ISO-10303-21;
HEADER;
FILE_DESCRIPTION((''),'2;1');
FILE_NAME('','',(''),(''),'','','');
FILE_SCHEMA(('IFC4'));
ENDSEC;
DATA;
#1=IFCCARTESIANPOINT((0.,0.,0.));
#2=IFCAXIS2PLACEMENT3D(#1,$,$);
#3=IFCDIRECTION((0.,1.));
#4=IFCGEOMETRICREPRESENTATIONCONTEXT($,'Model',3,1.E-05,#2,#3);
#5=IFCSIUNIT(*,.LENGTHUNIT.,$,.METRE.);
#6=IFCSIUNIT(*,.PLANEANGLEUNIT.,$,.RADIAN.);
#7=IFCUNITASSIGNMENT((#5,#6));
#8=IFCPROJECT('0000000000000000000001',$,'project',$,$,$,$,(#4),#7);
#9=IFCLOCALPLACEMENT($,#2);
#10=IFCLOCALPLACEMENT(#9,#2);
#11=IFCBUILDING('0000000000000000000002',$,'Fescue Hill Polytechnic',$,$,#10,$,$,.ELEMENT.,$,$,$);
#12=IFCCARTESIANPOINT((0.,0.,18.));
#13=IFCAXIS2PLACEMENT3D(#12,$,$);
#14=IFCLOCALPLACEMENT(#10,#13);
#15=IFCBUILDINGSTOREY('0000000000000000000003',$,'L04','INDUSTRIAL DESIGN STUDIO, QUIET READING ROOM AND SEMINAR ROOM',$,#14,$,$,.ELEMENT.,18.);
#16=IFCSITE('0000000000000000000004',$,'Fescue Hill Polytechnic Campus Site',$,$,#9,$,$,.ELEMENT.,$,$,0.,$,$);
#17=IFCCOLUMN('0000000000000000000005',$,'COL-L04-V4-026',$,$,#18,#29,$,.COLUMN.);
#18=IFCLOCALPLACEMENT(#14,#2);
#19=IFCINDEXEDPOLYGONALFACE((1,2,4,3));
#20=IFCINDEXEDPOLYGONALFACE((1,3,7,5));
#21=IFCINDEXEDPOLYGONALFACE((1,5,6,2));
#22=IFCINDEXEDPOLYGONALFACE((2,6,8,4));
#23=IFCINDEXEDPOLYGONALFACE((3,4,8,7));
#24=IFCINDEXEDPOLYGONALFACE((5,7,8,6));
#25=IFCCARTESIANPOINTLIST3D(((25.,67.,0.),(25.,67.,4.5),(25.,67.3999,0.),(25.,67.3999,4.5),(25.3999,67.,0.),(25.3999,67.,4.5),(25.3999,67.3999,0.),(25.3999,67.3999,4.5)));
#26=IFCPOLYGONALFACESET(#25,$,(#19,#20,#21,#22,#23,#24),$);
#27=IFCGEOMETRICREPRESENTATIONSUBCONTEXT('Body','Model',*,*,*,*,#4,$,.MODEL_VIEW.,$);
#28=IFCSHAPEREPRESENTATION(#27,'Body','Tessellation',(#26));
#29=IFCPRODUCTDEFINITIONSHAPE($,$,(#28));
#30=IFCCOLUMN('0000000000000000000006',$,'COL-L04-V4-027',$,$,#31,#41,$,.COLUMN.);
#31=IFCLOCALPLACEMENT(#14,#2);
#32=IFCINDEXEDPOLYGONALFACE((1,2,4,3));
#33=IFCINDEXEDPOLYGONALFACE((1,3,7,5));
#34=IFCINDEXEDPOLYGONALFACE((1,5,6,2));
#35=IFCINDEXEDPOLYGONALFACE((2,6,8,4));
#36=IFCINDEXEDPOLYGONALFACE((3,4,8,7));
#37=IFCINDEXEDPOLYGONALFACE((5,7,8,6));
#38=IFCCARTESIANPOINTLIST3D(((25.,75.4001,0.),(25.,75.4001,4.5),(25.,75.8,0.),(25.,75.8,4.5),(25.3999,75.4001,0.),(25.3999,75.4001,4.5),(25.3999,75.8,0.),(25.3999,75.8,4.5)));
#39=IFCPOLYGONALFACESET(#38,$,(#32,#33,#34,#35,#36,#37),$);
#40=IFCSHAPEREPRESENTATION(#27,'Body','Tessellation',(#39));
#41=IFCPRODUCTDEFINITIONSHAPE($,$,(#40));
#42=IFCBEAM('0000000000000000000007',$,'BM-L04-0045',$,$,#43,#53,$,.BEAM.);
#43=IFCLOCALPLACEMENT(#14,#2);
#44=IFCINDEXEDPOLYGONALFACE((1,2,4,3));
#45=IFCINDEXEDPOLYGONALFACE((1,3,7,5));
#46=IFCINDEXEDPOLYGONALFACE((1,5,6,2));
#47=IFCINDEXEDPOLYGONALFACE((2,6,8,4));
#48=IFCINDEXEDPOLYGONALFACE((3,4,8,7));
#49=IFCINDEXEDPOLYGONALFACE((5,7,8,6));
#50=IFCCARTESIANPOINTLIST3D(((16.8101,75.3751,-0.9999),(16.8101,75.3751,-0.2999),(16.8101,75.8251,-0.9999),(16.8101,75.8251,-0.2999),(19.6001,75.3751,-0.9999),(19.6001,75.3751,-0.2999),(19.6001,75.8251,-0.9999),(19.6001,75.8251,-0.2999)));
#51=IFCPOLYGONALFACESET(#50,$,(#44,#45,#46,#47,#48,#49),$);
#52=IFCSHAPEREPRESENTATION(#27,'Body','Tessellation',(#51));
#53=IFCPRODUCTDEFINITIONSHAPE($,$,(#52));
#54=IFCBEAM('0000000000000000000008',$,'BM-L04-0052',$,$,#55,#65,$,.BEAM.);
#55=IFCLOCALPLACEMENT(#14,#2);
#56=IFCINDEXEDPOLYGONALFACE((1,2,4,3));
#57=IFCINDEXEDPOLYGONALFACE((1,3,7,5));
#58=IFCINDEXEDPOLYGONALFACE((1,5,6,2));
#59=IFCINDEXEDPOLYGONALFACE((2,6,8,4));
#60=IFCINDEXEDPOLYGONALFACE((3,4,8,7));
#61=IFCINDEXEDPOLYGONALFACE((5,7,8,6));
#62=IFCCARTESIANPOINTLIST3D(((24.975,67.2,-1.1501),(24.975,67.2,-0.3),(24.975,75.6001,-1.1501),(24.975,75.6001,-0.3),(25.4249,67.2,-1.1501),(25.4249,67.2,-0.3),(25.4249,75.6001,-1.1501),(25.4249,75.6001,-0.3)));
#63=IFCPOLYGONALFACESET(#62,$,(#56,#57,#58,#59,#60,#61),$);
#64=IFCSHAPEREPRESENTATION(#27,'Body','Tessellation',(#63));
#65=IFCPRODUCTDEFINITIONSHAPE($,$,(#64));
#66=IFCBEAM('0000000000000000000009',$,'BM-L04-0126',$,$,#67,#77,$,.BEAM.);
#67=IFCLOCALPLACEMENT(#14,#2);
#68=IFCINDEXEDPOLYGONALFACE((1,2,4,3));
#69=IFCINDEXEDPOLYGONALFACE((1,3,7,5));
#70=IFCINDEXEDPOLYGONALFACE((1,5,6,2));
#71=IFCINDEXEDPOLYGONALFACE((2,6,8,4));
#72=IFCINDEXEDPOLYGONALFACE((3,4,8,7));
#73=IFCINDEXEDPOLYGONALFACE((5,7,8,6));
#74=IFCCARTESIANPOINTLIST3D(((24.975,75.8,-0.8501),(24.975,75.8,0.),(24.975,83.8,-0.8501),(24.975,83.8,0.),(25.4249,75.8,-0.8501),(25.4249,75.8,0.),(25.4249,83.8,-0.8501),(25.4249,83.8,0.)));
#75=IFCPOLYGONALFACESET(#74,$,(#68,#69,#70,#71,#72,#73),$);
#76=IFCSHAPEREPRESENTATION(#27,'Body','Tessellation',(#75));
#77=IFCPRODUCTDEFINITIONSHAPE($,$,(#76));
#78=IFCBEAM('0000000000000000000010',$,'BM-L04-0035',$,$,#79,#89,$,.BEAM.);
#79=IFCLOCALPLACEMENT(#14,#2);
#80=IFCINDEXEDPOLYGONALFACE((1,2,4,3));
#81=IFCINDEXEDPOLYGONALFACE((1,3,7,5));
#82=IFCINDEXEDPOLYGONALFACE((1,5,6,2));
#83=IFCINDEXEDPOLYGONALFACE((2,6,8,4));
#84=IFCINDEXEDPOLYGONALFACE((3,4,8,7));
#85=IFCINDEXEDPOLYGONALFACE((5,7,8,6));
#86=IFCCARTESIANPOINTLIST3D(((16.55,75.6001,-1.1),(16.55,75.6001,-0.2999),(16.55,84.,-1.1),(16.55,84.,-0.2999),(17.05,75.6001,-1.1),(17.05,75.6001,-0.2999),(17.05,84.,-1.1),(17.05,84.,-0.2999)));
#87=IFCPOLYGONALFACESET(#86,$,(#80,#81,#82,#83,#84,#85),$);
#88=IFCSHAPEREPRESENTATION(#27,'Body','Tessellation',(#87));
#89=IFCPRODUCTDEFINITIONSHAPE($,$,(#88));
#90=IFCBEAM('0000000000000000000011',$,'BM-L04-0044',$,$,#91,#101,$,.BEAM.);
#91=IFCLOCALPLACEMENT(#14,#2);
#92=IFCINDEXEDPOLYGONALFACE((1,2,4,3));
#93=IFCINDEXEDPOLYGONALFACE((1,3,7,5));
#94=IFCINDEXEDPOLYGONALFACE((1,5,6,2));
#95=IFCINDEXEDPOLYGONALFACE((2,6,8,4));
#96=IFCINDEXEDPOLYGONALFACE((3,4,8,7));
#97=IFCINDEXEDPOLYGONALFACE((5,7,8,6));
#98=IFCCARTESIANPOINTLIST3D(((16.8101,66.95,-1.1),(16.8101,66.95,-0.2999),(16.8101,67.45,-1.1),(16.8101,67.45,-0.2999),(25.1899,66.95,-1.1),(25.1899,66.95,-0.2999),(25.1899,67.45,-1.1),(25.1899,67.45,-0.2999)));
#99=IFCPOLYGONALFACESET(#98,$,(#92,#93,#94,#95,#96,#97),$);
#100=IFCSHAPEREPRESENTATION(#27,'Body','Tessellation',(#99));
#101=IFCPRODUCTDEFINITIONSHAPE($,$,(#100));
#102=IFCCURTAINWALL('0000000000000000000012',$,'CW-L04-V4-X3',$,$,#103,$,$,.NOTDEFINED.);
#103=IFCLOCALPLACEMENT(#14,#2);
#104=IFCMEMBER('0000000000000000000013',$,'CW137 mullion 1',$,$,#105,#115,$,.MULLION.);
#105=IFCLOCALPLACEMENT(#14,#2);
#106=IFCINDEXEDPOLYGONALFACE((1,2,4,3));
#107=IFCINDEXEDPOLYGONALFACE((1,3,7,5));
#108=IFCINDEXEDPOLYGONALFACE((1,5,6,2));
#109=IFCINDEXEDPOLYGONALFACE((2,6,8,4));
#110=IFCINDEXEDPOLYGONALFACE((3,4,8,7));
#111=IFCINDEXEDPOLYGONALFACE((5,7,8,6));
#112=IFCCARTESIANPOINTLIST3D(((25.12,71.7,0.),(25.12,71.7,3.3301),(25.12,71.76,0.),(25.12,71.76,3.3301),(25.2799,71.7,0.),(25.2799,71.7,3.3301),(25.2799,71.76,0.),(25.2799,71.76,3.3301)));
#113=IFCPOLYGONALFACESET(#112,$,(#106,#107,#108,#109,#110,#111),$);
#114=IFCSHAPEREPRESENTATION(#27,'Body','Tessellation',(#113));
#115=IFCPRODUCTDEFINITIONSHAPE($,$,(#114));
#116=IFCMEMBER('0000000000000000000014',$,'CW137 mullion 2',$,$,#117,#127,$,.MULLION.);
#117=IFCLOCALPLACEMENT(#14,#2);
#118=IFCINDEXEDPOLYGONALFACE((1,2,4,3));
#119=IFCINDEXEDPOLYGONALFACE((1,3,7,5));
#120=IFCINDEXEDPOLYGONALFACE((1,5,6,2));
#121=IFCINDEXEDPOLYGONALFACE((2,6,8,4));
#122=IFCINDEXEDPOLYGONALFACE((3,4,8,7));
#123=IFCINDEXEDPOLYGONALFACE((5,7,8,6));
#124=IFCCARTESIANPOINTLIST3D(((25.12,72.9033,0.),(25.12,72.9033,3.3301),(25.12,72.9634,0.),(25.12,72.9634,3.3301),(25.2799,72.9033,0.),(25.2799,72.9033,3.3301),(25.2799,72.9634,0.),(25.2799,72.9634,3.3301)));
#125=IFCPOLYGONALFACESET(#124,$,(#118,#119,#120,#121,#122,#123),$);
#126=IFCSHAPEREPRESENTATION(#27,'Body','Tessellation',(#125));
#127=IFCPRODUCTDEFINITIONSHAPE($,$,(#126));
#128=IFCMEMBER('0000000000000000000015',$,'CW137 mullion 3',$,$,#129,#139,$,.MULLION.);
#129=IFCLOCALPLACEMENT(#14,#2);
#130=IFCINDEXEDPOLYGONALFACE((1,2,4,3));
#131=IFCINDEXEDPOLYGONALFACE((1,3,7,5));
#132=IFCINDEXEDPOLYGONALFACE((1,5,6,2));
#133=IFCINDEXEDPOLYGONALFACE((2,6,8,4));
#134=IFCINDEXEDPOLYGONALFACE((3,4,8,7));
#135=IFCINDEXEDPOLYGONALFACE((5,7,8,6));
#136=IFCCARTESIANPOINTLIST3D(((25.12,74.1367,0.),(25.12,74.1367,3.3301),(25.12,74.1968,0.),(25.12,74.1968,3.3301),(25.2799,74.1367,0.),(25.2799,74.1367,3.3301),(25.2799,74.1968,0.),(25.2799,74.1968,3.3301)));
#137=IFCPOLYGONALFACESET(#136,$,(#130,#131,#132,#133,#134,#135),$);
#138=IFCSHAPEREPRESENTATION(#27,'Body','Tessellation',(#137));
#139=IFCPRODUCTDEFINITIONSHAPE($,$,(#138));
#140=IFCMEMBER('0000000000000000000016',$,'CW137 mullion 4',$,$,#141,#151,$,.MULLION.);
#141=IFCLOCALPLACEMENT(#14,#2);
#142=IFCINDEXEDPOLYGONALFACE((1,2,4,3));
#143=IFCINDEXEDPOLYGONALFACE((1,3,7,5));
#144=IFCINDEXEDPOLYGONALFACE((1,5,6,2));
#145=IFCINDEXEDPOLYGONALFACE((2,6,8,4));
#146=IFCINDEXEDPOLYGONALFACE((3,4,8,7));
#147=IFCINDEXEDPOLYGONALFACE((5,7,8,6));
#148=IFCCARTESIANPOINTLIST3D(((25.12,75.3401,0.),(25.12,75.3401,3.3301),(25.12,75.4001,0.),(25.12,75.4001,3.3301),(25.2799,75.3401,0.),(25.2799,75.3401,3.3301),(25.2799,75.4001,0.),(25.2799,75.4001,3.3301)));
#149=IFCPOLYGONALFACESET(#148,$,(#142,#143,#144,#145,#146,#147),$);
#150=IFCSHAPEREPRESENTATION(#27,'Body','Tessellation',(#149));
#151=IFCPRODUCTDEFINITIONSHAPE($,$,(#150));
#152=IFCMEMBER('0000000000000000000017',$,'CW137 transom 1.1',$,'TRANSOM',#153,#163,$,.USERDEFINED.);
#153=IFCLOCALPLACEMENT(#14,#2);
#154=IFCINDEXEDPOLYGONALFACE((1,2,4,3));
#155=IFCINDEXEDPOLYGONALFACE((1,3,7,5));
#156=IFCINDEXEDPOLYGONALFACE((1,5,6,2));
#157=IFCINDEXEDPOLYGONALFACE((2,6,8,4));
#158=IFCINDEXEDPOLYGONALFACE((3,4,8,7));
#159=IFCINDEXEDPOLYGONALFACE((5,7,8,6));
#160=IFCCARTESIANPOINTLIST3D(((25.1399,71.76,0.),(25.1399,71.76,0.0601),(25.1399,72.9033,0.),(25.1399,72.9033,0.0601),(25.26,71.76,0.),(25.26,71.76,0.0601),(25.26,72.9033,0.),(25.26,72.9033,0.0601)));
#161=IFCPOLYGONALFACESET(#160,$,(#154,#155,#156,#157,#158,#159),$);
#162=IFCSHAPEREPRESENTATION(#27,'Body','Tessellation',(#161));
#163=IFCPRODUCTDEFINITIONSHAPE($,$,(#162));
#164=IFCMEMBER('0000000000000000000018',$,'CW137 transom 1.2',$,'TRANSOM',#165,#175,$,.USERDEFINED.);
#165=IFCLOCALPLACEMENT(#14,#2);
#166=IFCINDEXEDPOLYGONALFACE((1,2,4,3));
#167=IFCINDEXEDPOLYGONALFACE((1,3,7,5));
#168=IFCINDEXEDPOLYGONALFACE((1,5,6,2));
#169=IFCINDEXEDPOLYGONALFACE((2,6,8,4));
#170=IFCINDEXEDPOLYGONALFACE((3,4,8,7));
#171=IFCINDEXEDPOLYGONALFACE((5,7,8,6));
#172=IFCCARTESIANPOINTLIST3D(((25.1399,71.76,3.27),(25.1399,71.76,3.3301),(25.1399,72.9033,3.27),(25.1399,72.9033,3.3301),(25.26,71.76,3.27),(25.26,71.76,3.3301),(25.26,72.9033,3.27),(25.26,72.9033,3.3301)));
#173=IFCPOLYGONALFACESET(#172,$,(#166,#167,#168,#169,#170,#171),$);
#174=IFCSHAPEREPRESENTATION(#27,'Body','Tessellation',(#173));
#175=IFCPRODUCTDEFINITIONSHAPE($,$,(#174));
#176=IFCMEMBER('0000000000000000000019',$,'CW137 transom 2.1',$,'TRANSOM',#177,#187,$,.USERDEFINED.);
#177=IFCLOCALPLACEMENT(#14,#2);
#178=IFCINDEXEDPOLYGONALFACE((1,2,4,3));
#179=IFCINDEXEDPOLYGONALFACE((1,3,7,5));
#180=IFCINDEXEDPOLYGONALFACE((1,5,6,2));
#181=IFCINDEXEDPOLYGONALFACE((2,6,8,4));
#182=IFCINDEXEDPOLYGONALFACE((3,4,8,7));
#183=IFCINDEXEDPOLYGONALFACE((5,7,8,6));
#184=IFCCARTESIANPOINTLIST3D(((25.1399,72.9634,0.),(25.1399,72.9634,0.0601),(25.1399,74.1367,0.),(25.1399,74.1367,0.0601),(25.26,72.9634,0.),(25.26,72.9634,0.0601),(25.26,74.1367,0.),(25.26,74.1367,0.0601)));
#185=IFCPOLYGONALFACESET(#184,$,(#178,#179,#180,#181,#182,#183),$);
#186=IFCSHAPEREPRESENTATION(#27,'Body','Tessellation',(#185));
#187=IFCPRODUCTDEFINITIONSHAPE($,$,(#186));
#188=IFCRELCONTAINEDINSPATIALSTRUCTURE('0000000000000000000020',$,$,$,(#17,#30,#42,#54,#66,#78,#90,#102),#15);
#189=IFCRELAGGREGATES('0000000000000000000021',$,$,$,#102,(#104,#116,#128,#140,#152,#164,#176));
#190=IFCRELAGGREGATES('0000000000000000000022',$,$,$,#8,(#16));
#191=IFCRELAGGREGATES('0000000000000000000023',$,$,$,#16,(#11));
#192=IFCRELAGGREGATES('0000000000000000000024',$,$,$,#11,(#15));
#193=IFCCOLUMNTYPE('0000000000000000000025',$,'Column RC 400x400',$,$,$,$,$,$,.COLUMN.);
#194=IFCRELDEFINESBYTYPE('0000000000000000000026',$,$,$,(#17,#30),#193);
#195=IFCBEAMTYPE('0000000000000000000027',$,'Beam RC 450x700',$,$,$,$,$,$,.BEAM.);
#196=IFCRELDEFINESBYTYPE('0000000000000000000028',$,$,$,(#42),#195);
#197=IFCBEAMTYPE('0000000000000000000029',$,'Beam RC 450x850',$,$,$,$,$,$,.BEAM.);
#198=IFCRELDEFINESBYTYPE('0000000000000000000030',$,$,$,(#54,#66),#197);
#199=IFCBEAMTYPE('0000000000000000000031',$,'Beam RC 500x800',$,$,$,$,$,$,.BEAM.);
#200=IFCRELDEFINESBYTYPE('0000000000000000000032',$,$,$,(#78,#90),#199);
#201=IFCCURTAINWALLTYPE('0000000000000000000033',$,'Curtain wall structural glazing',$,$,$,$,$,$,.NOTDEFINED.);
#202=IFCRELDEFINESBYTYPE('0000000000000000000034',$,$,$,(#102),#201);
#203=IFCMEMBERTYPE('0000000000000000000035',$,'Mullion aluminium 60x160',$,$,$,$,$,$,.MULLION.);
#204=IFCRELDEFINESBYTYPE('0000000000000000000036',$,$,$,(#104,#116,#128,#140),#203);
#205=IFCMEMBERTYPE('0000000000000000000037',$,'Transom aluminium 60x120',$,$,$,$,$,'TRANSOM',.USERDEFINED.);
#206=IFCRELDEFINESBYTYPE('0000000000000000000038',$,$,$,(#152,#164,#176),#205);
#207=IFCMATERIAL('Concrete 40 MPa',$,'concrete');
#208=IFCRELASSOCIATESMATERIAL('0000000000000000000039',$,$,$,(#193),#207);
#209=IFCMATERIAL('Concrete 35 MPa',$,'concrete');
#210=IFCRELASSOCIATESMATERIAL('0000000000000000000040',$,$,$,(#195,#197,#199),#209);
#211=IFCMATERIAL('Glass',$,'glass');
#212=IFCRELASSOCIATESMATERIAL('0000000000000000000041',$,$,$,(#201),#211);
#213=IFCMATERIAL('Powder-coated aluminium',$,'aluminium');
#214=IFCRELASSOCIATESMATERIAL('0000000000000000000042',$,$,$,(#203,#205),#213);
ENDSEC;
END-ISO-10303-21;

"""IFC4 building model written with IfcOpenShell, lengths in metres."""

from ifc_helpers import new_model, si_unit, direction, frame, origin, origin_2d, place, context, subcontext, project, spatial, rectangle, extrude, material, material_profile, profile_set, type_object, element, aggregate, save


model = new_model("IFC4")

# Units and contexts
model_context = context("Model", 3, precision=1e-05, world=origin(), true_north=direction((0.0, 1.0)))
body_context = subcontext(model_context, "Body", "Model", "MODEL_VIEW")
ifc_project = project(units=[si_unit("LENGTHUNIT", "METRE"), si_unit("PLANEANGLEUNIT", "RADIAN")], contexts=[model_context])

# Site, building, storey
site_placement = place(None, origin())
site = spatial("IfcSite", under=ifc_project, at=site_placement, Name="Fescue Hill Polytechnic Campus Site", CompositionType="ELEMENT", RefElevation=0.0)
building_placement = place(site_placement, origin())
building = spatial("IfcBuilding", under=site, at=building_placement, Name="Fescue Hill Polytechnic", CompositionType="ELEMENT")
storey_placement = place(building_placement, frame((0.0, 0.0, 18.0)))
storey = spatial("IfcBuildingStorey", under=building, at=storey_placement, Name="L04", Description="INDUSTRIAL DESIGN STUDIO, QUIET READING ROOM AND SEMINAR ROOM", CompositionType="ELEMENT", Elevation=18.0)

# Columns
ifc_material_1 = material(Name="Concrete 40 MPa", Category="concrete")
ifc_material_profile_1 = material_profile(ifc_material_1, rectangle(XDim=0.3999, YDim=0.3999, at=origin_2d()), Name="RC 400x400")
ifc_profile_set_1 = profile_set([ifc_material_profile_1], Name="Concrete 40 MPa")
column_type = type_object("IfcColumnType", Name="Column RC 400x400", PredefinedType="COLUMN", material=ifc_profile_set_1)
for number, where, z_axis, x_axis, name in (
    (1, (25.2, 67.2, 0.0), (0.0, 0.0, 1.0), (1.0, 0.0, 0.0), "COL-L04-V4-026"),
    (2, (25.2, 75.6001, 0.0), (0.0, 0.0, 1.0), (1.0, 0.0, 0.0), "COL-L04-V4-027"),
):
    element("IfcColumn", number, at=place(storey_placement, frame(where, z_axis=z_axis, x_axis=x_axis)), inside=storey, type_object=column_type, Name=name, PredefinedType="COLUMN", context=body_context, shape_type="SweptSolid", body=[
        extrude(rectangle(XDim=0.3999, YDim=0.3999, at=origin_2d()), origin(), (0.0, 0.0, 1.0), 4.5),
    ])

# Beams
ifc_material_2 = material(Name="Concrete 35 MPa", Category="concrete")
ifc_material_profile_2 = material_profile(ifc_material_2, rectangle(XDim=0.45, YDim=0.7, at=origin_2d()), Name="RC 450x700")
ifc_profile_set_2 = profile_set([ifc_material_profile_2], Name="Concrete 35 MPa")
beam_type_1 = type_object("IfcBeamType", Name="Beam RC 450x700", PredefinedType="BEAM", material=ifc_profile_set_2)
beam_1_placement = place(storey_placement, frame((16.8101, 75.6001, -0.6499), z_axis=(1.0, 0.0, 0.0), x_axis=(0.0, 1.0, 0.0)))
element("IfcBeam", 3, at=beam_1_placement, inside=storey, type_object=beam_type_1, Name="BM-L04-0045", PredefinedType="BEAM", context=body_context, shape_type="SweptSolid", body=[
    extrude(rectangle(XDim=0.45, YDim=0.7, at=origin_2d()), origin(), (0.0, 0.0, 1.0), 2.79),
])
ifc_material_profile_3 = material_profile(ifc_material_2, rectangle(XDim=0.45, YDim=0.8501, at=origin_2d()), Name="RC 450x850")
ifc_profile_set_3 = profile_set([ifc_material_profile_3], Name="Concrete 35 MPa")
beam_type_2 = type_object("IfcBeamType", Name="Beam RC 450x850", PredefinedType="BEAM", material=ifc_profile_set_3)
beam_2_placement = place(storey_placement, frame((25.2, 67.2, -0.7251), z_axis=(0.0, 1.0, 0.0), x_axis=(-1.0, 0.0, 0.0)))
element("IfcBeam", 4, at=beam_2_placement, inside=storey, type_object=beam_type_2, Name="BM-L04-0052", PredefinedType="BEAM", context=body_context, shape_type="SweptSolid", body=[
    extrude(rectangle(XDim=0.45, YDim=0.8501, at=origin_2d()), origin(), (0.0, 0.0, 1.0), 8.4001),
])
beam_3_placement = place(storey_placement, frame((25.2, 75.8, -0.425), z_axis=(0.0, 1.0, 0.0), x_axis=(-1.0, 0.0, 0.0)))
element("IfcBeam", 5, at=beam_3_placement, inside=storey, type_object=beam_type_2, Name="BM-L04-0126", PredefinedType="BEAM", context=body_context, shape_type="SweptSolid", body=[
    extrude(rectangle(XDim=0.45, YDim=0.8501, at=origin_2d()), origin(), (0.0, 0.0, 1.0), 8.0),
])
ifc_material_profile_4 = material_profile(ifc_material_2, rectangle(XDim=0.5, YDim=0.8, at=origin_2d()), Name="RC 500x800")
ifc_profile_set_4 = profile_set([ifc_material_profile_4], Name="Concrete 35 MPa")
beam_type_3 = type_object("IfcBeamType", Name="Beam RC 500x800", PredefinedType="BEAM", material=ifc_profile_set_4)
beam_4_placement = place(storey_placement, frame((16.8, 75.6001, -0.7), z_axis=(0.0, 1.0, 0.0), x_axis=(-1.0, 0.0, 0.0)))
element("IfcBeam", 6, at=beam_4_placement, inside=storey, type_object=beam_type_3, Name="BM-L04-0035", PredefinedType="BEAM", context=body_context, shape_type="SweptSolid", body=[
    extrude(rectangle(XDim=0.5, YDim=0.8, at=origin_2d()), origin(), (0.0, 0.0, 1.0), 8.3999),
])
beam_5_placement = place(storey_placement, frame((16.8101, 67.2, -0.7), z_axis=(1.0, 0.0, 0.0), x_axis=(0.0, 1.0, 0.0)))
element("IfcBeam", 7, at=beam_5_placement, inside=storey, type_object=beam_type_3, Name="BM-L04-0044", PredefinedType="BEAM", context=body_context, shape_type="SweptSolid", body=[
    extrude(rectangle(XDim=0.5, YDim=0.8, at=origin_2d()), origin(), (0.0, 0.0, 1.0), 8.3799),
])

# Curtain wall, members
ifc_material_3 = material(Name="Glass", Category="glass")
curtain_wall_type = type_object("IfcCurtainWallType", Name="Curtain wall structural glazing", PredefinedType="NOTDEFINED", material=ifc_material_3)
curtain_wall_placement = place(storey_placement, origin())
curtain_wall = element("IfcCurtainWall", 8, at=curtain_wall_placement, inside=storey, type_object=curtain_wall_type, Name="CW-L04-V4-X3", PredefinedType="NOTDEFINED")
ifc_material_4 = material(Name="Powder-coated aluminium", Category="aluminium")
ifc_material_profile_5 = material_profile(ifc_material_4, rectangle(XDim=0.1599, YDim=0.0601, at=origin_2d()), Name="Mullion aluminium 60x160")
ifc_profile_set_5 = profile_set([ifc_material_profile_5], Name="Powder-coated aluminium")
member_type_1 = type_object("IfcMemberType", Name="Mullion aluminium 60x160", PredefinedType="MULLION", material=ifc_profile_set_5)
member_1_placement = place(storey_placement, frame((25.2, 71.73, 0.0), z_axis=(0.0, 0.0, 1.0), x_axis=(-1.0, 0.0, 0.0)))
member_1 = element("IfcMember", 9, at=member_1_placement, type_object=member_type_1, Name="CW137 mullion 1", PredefinedType="MULLION", context=body_context, shape_type="SweptSolid", body=[
    extrude(rectangle(XDim=0.1599, YDim=0.0601, at=origin_2d()), origin(), (0.0, 0.0, 1.0), 3.3301),
])
member_2_placement = place(storey_placement, frame((25.2, 72.9333, 0.0), z_axis=(0.0, 0.0, 1.0), x_axis=(-1.0, 0.0, 0.0)))
member_2 = element("IfcMember", 10, at=member_2_placement, type_object=member_type_1, Name="CW137 mullion 2", PredefinedType="MULLION", context=body_context, shape_type="SweptSolid", body=[
    extrude(rectangle(XDim=0.1599, YDim=0.0601, at=origin_2d()), origin(), (0.0, 0.0, 1.0), 3.3301),
])
member_3_placement = place(storey_placement, frame((25.2, 74.1667, 0.0), z_axis=(0.0, 0.0, 1.0), x_axis=(-1.0, 0.0, 0.0)))
member_3 = element("IfcMember", 11, at=member_3_placement, type_object=member_type_1, Name="CW137 mullion 3", PredefinedType="MULLION", context=body_context, shape_type="SweptSolid", body=[
    extrude(rectangle(XDim=0.1599, YDim=0.0601, at=origin_2d()), origin(), (0.0, 0.0, 1.0), 3.3301),
])
member_4_placement = place(storey_placement, frame((25.2, 75.3701, 0.0), z_axis=(0.0, 0.0, 1.0), x_axis=(-1.0, 0.0, 0.0)))
member_4 = element("IfcMember", 12, at=member_4_placement, type_object=member_type_1, Name="CW137 mullion 4", PredefinedType="MULLION", context=body_context, shape_type="SweptSolid", body=[
    extrude(rectangle(XDim=0.1599, YDim=0.0601, at=origin_2d()), origin(), (0.0, 0.0, 1.0), 3.3301),
])
ifc_material_profile_6 = material_profile(ifc_material_4, rectangle(XDim=0.1201, YDim=0.0601, at=origin_2d()), Name="Transom aluminium 60x120")
ifc_profile_set_6 = profile_set([ifc_material_profile_6], Name="Powder-coated aluminium")
member_type_2 = type_object("IfcMemberType", Name="Transom aluminium 60x120", ElementType="TRANSOM", PredefinedType="USERDEFINED", material=ifc_profile_set_6)
member_5_placement = place(storey_placement, frame((25.2, 71.76, 0.03), z_axis=(0.0, 1.0, 0.0), x_axis=(-1.0, 0.0, 0.0)))
member_5 = element("IfcMember", 13, at=member_5_placement, type_object=member_type_2, Name="CW137 transom 1.1", ObjectType="TRANSOM", PredefinedType="USERDEFINED", context=body_context, shape_type="SweptSolid", body=[
    extrude(rectangle(XDim=0.1201, YDim=0.0601, at=origin_2d()), origin(), (0.0, 0.0, 1.0), 1.1433),
])
member_6_placement = place(storey_placement, frame((25.2, 71.76, 3.3), z_axis=(0.0, 1.0, 0.0), x_axis=(-1.0, 0.0, 0.0)))
member_6 = element("IfcMember", 14, at=member_6_placement, type_object=member_type_2, Name="CW137 transom 1.2", ObjectType="TRANSOM", PredefinedType="USERDEFINED", context=body_context, shape_type="SweptSolid", body=[
    extrude(rectangle(XDim=0.1201, YDim=0.0601, at=origin_2d()), origin(), (0.0, 0.0, 1.0), 1.1433),
])
member_7_placement = place(storey_placement, frame((25.2, 72.9634, 0.03), z_axis=(0.0, 1.0, 0.0), x_axis=(-1.0, 0.0, 0.0)))
member_7 = element("IfcMember", 15, at=member_7_placement, type_object=member_type_2, Name="CW137 transom 2.1", ObjectType="TRANSOM", PredefinedType="USERDEFINED", context=body_context, shape_type="SweptSolid", body=[
    extrude(rectangle(XDim=0.1201, YDim=0.0601, at=origin_2d()), origin(), (0.0, 0.0, 1.0), 1.1733),
])
aggregate(curtain_wall, [member_1, member_2, member_3, member_4, member_5, member_6, member_7])

save(model, "model.ifc")
